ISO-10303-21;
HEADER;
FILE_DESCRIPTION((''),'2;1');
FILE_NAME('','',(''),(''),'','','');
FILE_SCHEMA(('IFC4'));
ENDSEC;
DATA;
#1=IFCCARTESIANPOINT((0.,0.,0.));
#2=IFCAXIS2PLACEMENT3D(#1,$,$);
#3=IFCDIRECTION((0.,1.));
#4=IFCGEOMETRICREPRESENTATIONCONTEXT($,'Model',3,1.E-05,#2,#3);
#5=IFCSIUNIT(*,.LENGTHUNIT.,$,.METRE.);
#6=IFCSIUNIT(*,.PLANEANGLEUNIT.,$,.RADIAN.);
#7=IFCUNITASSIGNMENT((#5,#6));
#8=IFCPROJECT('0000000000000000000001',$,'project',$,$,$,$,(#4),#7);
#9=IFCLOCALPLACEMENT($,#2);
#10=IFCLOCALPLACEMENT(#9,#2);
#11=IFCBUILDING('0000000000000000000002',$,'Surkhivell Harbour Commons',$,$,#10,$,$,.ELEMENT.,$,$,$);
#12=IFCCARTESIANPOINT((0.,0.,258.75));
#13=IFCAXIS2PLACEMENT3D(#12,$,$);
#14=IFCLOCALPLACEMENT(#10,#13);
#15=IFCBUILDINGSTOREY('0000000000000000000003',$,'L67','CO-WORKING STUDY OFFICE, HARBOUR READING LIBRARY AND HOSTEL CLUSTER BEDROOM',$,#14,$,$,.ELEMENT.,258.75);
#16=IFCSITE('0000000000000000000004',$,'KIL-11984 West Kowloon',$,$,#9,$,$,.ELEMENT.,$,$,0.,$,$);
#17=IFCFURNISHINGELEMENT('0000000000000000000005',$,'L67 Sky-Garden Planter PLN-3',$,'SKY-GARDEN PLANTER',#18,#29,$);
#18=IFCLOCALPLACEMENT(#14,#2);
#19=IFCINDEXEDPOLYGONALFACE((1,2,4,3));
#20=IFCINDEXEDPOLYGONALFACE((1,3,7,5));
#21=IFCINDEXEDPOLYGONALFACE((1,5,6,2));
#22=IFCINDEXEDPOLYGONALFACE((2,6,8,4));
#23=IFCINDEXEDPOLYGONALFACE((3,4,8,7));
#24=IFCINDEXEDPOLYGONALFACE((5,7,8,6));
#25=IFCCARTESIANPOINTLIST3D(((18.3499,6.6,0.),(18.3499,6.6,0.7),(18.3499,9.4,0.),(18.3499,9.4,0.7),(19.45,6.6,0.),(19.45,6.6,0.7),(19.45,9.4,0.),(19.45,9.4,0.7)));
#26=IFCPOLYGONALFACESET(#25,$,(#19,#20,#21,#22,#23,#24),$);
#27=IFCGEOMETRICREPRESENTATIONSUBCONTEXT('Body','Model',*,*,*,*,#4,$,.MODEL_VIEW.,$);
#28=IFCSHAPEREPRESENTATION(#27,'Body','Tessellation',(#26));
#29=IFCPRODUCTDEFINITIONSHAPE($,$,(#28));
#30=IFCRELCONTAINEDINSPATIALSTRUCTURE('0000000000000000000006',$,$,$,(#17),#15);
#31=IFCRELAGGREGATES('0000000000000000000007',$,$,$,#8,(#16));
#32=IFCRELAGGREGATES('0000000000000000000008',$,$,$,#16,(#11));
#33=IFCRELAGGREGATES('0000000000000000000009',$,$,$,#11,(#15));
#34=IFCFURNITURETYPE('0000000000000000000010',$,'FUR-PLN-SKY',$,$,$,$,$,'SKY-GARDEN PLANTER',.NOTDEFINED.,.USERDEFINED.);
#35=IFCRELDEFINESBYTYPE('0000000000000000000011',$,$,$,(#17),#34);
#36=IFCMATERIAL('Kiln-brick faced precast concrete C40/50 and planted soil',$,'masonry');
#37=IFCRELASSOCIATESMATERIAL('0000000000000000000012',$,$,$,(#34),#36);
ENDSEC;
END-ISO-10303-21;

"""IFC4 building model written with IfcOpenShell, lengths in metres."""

from ifc_helpers import new_model, si_unit, direction, frame, origin, origin_2d, place, context, subcontext, project, spatial, rectangle, extrude, material, type_object, element, save


model = new_model("IFC4")

# Units and contexts
model_context = context("Model", 3, precision=1e-05, world=origin(), true_north=direction((0.0, 1.0)))
body_context = subcontext(model_context, "Body", "Model", "MODEL_VIEW")
ifc_project = project(units=[si_unit("LENGTHUNIT", "METRE"), si_unit("PLANEANGLEUNIT", "RADIAN")], contexts=[model_context])

# Site, building, storey
site_placement = place(None, origin())
site = spatial("IfcSite", under=ifc_project, at=site_placement, Name="KIL-11984 West Kowloon", CompositionType="ELEMENT", RefElevation=0.0)
building_placement = place(site_placement, origin())
building = spatial("IfcBuilding", under=site, at=building_placement, Name="Surkhivell Harbour Commons", CompositionType="ELEMENT")
storey_placement = place(building_placement, frame((0.0, 0.0, 258.75)))
storey = spatial("IfcBuildingStorey", under=building, at=storey_placement, Name="L67", Description="CO-WORKING STUDY OFFICE, HARBOUR READING LIBRARY AND HOSTEL CLUSTER BEDROOM", CompositionType="ELEMENT", Elevation=258.75)

# Furnishing element
ifc_material_1 = material(Name="Kiln-brick faced precast concrete C40/50 and planted soil", Category="masonry")
furniture_type = type_object("IfcFurnitureType", Name="FUR-PLN-SKY", ElementType="SKY-GARDEN PLANTER", AssemblyPlace="NOTDEFINED", PredefinedType="USERDEFINED", material=ifc_material_1)
for number, where, z_axis, x_axis, name in (
    (1, (18.8999, 8.0, 0.0), (0.0, 0.0, 1.0), (0.0, 1.0, 0.0), "L67 Sky-Garden Planter PLN-3"),
):
    element("IfcFurnishingElement", number, at=place(storey_placement, frame(where, z_axis=z_axis, x_axis=x_axis)), inside=storey, type_object=furniture_type, Name=name, ObjectType="SKY-GARDEN PLANTER", context=body_context, shape_type="SweptSolid", body=[
        extrude(rectangle(XDim=2.8, YDim=1.1001, at=origin_2d()), origin(), (0.0, 0.0, 1.0), 0.7),
    ])

save(model, "model.ifc")
